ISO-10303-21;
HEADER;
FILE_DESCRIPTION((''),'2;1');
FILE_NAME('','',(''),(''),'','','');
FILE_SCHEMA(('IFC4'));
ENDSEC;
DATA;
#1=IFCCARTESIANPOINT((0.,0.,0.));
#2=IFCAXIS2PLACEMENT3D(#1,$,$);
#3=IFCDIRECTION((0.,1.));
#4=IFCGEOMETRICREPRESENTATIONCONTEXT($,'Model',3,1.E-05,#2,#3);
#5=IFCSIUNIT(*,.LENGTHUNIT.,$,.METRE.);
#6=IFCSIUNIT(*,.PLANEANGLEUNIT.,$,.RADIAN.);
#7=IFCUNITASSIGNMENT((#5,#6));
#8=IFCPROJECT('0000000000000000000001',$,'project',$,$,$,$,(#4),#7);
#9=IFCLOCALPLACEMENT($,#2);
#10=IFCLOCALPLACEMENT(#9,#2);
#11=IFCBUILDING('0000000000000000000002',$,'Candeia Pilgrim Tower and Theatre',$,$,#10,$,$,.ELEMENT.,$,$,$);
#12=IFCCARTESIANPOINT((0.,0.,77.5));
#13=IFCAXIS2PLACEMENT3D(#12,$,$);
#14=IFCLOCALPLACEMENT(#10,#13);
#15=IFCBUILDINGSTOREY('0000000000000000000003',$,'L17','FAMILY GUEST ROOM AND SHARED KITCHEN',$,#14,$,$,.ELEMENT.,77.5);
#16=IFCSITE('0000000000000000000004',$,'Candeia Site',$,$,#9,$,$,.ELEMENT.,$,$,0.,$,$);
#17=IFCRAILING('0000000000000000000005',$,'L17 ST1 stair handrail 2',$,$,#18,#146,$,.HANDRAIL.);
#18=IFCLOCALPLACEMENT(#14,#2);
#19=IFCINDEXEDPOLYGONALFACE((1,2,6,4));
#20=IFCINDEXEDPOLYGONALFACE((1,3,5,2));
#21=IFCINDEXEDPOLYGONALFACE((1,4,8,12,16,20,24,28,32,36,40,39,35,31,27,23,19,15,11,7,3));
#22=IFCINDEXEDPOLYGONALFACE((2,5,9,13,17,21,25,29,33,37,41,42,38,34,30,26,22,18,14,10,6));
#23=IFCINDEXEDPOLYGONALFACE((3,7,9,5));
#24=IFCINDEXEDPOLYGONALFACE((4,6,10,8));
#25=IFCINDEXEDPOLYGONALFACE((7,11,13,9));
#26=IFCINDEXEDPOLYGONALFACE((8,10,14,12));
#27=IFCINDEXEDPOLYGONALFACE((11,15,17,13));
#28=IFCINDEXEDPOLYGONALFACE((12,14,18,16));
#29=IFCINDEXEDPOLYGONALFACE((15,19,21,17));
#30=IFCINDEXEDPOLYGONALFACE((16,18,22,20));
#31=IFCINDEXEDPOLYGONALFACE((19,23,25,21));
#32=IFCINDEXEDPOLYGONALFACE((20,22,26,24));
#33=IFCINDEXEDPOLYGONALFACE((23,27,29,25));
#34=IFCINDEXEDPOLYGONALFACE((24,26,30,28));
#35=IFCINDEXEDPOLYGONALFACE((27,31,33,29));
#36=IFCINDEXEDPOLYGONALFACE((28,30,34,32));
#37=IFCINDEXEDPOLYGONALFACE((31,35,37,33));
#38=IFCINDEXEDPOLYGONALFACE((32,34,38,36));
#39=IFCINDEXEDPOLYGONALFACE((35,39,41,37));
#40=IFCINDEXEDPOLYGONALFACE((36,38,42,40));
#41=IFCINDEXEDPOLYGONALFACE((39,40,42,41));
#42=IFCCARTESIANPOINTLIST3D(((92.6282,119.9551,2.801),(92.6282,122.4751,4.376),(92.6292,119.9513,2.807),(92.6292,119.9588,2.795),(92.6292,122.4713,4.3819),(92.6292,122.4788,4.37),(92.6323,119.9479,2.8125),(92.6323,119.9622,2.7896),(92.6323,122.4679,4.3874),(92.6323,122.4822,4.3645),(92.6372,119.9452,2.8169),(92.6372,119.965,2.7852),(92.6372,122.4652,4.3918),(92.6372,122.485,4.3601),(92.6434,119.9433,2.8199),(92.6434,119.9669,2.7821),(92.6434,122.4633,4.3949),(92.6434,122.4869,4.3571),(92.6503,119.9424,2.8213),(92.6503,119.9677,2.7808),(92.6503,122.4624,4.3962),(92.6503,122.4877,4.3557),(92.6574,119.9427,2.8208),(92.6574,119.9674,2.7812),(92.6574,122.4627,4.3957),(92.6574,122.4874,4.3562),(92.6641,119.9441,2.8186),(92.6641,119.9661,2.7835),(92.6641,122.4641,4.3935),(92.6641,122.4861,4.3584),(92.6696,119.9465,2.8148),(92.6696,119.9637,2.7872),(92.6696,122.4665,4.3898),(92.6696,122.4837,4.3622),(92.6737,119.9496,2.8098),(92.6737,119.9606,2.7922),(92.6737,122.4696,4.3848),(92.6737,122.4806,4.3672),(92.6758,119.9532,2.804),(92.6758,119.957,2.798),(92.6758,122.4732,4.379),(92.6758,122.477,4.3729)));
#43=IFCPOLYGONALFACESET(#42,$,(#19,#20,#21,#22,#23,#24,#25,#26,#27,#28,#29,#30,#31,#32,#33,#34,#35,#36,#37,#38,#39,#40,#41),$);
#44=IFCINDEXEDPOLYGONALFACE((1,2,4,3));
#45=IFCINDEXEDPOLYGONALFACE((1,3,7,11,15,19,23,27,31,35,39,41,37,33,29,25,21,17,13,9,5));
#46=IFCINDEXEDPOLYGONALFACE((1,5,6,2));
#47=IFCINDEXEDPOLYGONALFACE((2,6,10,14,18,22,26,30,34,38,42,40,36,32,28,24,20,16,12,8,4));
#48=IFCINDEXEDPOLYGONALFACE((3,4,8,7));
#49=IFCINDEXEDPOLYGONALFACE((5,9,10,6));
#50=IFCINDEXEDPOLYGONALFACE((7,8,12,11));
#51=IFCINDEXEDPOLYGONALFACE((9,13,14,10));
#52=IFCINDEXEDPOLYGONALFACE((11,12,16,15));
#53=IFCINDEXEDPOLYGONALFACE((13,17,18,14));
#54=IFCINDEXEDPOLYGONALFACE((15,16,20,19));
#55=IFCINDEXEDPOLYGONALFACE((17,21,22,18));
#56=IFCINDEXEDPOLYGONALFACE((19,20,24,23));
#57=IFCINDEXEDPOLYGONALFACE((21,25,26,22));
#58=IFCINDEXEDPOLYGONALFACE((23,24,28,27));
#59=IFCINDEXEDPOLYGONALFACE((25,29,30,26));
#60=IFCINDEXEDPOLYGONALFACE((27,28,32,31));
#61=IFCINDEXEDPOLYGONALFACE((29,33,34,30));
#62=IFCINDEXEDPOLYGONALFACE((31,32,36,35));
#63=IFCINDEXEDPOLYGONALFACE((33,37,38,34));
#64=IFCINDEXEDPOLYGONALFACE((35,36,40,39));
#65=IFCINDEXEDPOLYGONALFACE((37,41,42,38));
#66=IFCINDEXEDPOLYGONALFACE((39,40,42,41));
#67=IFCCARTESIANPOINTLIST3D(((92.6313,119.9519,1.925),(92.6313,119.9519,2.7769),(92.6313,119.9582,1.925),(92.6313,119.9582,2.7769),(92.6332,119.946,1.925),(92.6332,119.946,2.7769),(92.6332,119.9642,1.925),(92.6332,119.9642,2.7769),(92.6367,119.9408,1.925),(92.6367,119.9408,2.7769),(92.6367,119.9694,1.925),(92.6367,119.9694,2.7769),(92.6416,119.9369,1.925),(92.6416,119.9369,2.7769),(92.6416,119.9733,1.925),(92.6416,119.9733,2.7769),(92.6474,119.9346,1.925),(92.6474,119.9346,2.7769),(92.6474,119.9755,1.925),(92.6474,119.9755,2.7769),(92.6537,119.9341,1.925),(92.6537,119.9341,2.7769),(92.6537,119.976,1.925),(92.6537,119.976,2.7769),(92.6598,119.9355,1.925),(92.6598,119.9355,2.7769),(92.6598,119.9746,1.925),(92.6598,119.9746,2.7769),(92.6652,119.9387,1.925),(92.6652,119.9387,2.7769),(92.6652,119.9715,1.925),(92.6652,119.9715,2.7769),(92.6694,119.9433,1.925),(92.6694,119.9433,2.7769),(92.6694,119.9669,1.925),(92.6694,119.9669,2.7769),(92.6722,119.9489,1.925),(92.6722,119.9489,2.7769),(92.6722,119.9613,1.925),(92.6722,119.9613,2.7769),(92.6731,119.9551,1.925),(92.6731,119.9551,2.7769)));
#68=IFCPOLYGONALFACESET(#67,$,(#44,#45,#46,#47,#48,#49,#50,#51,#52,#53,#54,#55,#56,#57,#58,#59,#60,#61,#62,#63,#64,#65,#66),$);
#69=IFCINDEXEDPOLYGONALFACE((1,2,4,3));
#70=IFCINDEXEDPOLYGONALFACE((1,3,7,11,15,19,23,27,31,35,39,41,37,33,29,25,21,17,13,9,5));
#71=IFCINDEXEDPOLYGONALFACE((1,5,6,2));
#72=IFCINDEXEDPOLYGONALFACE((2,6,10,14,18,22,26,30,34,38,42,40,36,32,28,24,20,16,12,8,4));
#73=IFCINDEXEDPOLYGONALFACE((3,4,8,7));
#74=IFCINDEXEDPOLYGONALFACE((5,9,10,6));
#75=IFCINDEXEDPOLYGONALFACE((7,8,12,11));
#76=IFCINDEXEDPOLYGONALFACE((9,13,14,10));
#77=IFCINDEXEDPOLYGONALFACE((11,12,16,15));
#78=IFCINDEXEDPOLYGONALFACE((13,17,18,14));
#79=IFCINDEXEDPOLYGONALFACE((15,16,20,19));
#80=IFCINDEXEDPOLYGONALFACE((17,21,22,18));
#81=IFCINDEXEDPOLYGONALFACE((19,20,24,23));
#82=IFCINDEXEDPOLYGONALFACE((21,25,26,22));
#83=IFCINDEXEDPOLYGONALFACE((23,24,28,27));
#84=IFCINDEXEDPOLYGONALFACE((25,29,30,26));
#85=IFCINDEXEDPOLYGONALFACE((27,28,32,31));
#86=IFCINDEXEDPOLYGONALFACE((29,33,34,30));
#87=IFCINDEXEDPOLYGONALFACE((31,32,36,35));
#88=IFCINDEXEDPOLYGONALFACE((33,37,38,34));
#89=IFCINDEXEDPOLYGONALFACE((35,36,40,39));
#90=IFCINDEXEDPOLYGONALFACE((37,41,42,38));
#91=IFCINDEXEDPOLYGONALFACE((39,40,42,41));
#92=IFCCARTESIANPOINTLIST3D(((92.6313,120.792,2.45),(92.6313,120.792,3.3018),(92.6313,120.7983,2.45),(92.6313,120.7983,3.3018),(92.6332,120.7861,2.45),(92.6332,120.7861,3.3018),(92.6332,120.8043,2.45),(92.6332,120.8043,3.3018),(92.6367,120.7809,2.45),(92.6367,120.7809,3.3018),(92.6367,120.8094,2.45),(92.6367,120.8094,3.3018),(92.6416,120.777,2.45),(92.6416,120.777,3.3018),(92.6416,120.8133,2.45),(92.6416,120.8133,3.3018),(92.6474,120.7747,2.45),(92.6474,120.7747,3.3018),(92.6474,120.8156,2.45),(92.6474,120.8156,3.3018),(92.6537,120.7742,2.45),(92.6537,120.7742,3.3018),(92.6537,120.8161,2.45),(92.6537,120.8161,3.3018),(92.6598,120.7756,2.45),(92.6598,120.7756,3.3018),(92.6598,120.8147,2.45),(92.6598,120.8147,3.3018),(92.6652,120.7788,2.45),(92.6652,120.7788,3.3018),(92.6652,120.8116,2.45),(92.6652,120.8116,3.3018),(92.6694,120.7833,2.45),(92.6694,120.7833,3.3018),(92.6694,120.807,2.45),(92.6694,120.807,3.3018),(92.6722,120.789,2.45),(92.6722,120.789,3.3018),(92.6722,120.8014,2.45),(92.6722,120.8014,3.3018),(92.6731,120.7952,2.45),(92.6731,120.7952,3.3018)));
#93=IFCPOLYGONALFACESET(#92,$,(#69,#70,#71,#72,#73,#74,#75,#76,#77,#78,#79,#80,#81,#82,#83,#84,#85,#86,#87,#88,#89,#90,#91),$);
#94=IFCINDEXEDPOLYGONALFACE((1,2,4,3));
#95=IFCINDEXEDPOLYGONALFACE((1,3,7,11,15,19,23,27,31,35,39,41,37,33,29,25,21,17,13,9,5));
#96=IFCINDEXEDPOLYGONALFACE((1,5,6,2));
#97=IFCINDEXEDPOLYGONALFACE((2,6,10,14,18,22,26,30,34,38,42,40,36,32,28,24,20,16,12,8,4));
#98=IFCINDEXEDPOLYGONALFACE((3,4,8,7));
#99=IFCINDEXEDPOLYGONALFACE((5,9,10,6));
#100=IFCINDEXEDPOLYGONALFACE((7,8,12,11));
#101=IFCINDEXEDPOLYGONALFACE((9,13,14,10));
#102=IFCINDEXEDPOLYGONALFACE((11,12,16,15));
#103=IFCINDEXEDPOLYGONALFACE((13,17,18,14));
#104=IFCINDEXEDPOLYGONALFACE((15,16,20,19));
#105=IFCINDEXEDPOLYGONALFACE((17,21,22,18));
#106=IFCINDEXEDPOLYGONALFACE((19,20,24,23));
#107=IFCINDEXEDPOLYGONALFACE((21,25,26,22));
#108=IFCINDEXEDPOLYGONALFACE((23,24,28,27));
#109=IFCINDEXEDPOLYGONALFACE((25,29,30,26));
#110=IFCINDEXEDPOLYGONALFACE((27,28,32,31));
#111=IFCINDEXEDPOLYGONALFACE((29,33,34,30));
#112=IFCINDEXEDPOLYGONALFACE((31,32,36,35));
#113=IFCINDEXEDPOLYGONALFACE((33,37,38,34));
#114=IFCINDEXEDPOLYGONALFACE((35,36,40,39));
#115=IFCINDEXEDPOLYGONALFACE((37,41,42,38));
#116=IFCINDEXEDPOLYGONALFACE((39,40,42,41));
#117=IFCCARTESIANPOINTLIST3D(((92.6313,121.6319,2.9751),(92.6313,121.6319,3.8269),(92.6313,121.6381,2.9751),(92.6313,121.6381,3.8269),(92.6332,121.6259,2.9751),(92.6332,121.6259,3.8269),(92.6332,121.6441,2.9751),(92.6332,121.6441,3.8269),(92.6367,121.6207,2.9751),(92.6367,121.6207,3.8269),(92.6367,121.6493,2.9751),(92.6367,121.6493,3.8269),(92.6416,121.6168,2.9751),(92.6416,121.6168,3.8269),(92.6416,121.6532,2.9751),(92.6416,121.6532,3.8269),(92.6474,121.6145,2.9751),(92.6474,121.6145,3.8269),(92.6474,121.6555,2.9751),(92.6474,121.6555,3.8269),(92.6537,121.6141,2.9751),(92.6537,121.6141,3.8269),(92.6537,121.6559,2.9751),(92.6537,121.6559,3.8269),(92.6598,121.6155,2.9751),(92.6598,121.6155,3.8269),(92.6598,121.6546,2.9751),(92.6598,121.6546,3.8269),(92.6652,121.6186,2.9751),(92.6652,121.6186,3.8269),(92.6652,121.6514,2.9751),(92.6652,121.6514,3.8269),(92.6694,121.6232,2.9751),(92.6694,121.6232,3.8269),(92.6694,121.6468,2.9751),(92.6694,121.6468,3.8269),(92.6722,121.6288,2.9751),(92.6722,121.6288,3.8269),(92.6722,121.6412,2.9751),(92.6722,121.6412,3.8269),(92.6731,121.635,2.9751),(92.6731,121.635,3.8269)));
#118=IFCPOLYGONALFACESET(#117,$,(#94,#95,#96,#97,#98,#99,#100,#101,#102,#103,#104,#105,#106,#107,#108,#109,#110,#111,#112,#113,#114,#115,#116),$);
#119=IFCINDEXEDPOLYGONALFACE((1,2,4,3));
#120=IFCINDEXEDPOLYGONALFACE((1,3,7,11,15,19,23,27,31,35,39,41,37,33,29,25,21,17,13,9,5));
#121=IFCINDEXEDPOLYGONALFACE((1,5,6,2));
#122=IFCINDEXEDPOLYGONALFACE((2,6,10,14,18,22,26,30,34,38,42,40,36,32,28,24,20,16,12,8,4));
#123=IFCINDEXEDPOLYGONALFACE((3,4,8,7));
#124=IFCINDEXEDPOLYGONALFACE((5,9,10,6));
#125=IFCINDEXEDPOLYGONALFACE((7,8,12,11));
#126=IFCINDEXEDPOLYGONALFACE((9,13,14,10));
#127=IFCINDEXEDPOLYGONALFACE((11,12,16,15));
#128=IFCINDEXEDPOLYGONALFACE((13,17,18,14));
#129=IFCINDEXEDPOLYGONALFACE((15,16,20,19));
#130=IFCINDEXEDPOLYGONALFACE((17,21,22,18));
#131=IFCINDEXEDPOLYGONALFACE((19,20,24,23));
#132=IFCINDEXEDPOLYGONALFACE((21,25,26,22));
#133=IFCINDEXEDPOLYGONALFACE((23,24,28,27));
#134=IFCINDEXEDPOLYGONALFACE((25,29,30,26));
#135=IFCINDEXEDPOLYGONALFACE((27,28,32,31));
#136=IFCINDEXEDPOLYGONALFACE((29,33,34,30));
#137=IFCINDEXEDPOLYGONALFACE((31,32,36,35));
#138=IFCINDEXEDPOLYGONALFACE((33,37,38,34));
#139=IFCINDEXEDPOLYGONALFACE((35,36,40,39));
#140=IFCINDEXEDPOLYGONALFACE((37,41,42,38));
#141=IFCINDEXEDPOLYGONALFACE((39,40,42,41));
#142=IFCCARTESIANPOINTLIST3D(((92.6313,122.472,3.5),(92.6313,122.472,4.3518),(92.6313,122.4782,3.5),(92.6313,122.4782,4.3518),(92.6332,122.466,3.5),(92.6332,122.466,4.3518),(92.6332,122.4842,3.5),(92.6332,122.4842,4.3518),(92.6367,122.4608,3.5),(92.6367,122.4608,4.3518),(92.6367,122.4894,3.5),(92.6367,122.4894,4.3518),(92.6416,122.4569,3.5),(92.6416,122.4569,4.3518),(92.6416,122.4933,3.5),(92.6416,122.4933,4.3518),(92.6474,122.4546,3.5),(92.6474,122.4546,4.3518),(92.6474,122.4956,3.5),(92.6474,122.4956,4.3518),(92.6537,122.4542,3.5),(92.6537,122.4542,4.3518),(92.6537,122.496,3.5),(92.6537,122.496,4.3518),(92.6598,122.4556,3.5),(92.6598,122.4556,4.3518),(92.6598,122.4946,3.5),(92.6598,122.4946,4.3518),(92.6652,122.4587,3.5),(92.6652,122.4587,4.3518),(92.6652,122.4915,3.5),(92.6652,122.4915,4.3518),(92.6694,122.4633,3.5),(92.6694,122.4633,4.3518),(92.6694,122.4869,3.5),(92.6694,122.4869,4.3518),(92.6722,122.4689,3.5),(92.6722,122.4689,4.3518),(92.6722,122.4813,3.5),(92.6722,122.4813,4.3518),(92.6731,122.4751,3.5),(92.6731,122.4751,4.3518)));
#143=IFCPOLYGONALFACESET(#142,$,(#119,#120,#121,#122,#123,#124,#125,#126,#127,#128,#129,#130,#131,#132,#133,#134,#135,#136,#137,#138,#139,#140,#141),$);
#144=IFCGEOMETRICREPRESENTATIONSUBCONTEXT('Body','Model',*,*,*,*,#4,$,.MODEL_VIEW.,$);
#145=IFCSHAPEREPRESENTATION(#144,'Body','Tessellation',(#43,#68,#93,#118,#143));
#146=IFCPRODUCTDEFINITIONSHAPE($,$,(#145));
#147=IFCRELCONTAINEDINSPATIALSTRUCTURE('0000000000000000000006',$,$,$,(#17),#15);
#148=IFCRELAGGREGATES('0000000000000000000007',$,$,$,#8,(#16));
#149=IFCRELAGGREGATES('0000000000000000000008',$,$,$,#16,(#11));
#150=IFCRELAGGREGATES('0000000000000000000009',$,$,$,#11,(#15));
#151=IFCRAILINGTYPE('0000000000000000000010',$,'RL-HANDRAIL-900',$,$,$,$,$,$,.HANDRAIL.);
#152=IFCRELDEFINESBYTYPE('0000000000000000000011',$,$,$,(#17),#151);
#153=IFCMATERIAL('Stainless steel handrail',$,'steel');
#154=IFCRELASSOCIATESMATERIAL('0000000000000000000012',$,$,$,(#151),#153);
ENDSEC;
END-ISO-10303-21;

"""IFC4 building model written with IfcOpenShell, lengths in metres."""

from ifc_helpers import new_model, si_unit, direction, frame, origin, origin_2d, place, context, subcontext, project, spatial, circle, extrude, material, type_object, element, save


model = new_model("IFC4")

# Units and contexts
model_context = context("Model", 3, precision=1e-05, world=origin(), true_north=direction((0.0, 1.0)))
body_context = subcontext(model_context, "Body", "Model", "MODEL_VIEW")
ifc_project = project(units=[si_unit("LENGTHUNIT", "METRE"), si_unit("PLANEANGLEUNIT", "RADIAN")], contexts=[model_context])

# Site, building, storey
site_placement = place(None, origin())
site = spatial("IfcSite", under=ifc_project, at=site_placement, Name="Candeia Site", CompositionType="ELEMENT", RefElevation=0.0)
building_placement = place(site_placement, origin())
building = spatial("IfcBuilding", under=site, at=building_placement, Name="Candeia Pilgrim Tower and Theatre", CompositionType="ELEMENT")
storey_placement = place(building_placement, frame((0.0, 0.0, 77.5)))
storey = spatial("IfcBuildingStorey", under=building, at=storey_placement, Name="L17", Description="FAMILY GUEST ROOM AND SHARED KITCHEN", CompositionType="ELEMENT", Elevation=77.5)

# Railing
ifc_material_1 = material(Name="Stainless steel handrail", Category="steel")
railing_type = type_object("IfcRailingType", Name="RL-HANDRAIL-900", PredefinedType="HANDRAIL", material=ifc_material_1)
for number, where, name in (
    (1, (92.6521, 119.9551, 1.925), "L17 ST1 stair handrail 2"),
):
    element("IfcRailing", number, at=place(storey_placement, frame(where)), inside=storey, type_object=railing_type, Name=name, PredefinedType="HANDRAIL", context=body_context, shape_type="SweptSolid", body=[
        extrude(circle(Radius=0.0239, at=origin_2d()), frame((0.0, 0.0, 0.876), z_axis=(0.0, 0.848008, 0.529984), x_axis=(-1.0, 0.0, 0.0)), (0.0, 0.0, 1.0), 2.9717),
        extrude(circle(Radius=0.021, at=origin_2d()), origin(), (0.0, 0.0, 1.0), 0.8518),
        extrude(circle(Radius=0.021, at=origin_2d()), frame((0.0, 0.8401, 0.5249)), (0.0, 0.0, 1.0), 0.8518),
        extrude(circle(Radius=0.021, at=origin_2d()), frame((0.0, 1.6799, 1.05)), (0.0, 0.0, 1.0), 0.8518),
        extrude(circle(Radius=0.021, at=origin_2d()), frame((0.0, 2.52, 1.575)), (0.0, 0.0, 1.0), 0.8518),
    ])

save(model, "model.ifc")
